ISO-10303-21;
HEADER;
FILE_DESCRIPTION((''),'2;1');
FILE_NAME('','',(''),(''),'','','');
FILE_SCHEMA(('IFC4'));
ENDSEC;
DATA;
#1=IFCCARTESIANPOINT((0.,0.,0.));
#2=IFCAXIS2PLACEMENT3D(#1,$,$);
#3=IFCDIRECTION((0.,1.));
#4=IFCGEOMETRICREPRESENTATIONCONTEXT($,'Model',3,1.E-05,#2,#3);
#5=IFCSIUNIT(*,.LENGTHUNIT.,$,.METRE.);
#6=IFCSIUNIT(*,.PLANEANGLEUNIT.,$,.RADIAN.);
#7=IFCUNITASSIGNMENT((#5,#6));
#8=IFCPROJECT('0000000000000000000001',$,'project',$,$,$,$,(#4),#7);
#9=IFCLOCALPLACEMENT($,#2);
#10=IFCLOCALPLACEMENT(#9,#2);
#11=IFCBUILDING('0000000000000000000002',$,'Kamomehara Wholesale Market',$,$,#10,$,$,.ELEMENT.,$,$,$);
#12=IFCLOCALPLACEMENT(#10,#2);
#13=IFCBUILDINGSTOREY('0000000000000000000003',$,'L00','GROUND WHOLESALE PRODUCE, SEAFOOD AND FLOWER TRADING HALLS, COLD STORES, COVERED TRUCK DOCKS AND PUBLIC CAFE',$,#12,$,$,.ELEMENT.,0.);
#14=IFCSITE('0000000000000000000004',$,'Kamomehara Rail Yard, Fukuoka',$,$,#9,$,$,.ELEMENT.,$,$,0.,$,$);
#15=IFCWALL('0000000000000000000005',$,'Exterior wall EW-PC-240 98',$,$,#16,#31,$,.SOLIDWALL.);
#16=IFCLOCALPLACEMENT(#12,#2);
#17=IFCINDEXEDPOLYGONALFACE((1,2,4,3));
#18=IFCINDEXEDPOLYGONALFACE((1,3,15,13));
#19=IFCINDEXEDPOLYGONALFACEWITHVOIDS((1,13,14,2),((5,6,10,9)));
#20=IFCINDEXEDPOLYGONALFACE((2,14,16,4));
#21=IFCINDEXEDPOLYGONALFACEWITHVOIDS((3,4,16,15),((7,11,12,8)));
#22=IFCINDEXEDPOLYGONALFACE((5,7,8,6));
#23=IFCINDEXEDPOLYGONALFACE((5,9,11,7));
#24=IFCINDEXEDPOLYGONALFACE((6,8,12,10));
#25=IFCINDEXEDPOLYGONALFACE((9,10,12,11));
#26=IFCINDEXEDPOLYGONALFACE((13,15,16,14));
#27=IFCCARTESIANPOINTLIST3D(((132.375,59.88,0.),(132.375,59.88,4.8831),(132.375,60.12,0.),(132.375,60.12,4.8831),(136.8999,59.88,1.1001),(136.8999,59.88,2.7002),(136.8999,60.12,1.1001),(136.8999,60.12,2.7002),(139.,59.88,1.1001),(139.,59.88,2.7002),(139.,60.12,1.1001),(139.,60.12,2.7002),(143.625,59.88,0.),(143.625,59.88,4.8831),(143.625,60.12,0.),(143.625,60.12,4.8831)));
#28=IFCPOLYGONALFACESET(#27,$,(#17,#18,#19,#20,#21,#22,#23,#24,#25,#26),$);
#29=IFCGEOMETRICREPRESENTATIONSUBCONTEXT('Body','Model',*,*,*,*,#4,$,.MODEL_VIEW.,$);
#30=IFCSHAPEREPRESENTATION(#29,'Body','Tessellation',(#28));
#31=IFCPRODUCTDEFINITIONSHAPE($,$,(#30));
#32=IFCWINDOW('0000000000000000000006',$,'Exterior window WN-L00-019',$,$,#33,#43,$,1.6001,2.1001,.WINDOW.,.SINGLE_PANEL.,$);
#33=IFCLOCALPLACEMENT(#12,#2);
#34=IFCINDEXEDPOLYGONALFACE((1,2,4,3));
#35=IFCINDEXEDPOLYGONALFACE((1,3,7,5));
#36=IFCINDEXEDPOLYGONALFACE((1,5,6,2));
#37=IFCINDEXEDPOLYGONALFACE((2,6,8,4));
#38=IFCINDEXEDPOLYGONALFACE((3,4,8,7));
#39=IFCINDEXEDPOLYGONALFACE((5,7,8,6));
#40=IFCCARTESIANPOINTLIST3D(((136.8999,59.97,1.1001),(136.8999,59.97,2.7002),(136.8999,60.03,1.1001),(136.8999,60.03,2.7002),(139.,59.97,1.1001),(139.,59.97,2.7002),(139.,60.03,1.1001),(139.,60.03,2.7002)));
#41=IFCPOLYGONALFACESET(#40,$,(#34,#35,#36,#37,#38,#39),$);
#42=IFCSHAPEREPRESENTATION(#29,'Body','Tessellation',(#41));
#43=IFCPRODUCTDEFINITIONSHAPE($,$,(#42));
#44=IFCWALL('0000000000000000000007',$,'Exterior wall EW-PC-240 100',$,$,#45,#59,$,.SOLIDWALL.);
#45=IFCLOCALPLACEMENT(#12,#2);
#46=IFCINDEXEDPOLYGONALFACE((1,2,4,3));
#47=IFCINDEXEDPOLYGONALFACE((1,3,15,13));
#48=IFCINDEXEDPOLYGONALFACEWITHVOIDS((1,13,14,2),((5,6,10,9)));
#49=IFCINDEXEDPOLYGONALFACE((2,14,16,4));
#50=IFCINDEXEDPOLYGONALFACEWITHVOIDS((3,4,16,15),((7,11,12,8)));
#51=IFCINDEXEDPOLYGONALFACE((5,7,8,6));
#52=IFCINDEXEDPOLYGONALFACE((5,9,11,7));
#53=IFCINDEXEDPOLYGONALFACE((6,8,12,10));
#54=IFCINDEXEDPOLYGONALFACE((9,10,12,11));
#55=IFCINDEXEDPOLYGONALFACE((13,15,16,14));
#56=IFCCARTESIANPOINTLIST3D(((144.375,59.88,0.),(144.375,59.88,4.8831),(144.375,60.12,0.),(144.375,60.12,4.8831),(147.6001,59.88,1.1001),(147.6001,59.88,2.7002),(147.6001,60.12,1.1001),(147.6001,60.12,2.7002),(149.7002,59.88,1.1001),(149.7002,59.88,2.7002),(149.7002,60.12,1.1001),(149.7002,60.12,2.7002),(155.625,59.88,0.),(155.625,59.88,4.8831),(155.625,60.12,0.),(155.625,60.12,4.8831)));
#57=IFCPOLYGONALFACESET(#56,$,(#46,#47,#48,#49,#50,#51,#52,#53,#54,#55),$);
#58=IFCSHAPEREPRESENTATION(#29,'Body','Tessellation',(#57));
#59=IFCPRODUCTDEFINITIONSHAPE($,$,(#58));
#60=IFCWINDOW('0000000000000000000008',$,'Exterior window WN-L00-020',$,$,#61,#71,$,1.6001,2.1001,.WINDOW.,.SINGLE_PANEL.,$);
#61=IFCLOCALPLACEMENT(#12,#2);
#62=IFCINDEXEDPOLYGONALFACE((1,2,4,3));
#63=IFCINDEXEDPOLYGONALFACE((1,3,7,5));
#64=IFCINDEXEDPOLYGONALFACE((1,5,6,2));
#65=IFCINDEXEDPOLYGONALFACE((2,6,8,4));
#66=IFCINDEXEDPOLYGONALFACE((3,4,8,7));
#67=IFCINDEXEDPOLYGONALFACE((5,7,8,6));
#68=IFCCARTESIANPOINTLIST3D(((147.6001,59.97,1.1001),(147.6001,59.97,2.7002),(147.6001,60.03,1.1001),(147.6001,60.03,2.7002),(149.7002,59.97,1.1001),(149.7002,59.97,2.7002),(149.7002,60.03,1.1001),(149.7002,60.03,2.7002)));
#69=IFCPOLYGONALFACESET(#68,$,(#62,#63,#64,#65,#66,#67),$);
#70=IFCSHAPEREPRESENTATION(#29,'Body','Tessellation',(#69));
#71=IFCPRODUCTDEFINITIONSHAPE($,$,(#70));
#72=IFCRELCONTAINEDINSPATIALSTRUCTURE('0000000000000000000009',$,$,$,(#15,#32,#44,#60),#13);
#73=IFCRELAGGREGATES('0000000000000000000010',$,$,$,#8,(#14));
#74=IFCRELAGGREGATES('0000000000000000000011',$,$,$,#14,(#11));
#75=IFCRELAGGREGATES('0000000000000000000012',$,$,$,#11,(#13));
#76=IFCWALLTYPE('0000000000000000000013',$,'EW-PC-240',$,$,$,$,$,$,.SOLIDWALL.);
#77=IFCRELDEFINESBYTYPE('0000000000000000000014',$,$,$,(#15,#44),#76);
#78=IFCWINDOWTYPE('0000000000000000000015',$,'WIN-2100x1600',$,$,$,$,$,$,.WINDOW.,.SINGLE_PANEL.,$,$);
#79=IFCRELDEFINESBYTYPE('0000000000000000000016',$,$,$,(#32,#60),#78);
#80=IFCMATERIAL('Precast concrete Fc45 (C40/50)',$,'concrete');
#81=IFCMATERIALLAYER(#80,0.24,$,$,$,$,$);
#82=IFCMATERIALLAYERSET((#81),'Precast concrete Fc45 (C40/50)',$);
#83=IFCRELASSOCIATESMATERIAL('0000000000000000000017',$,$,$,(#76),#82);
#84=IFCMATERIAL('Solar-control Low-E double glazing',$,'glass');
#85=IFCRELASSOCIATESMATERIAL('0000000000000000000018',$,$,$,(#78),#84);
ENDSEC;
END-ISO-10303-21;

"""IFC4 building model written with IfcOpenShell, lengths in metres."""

from ifc_helpers import new_model, si_unit, direction, frame, frame_2d, origin, place, context, subcontext, project, spatial, rectangle, extrude, material, layer, layer_set, type_object, element, fill, save


model = new_model("IFC4")

# Units and contexts
model_context = context("Model", 3, precision=1e-05, world=origin(), true_north=direction((0.0, 1.0)))
body_context = subcontext(model_context, "Body", "Model", "MODEL_VIEW")
ifc_project = project(units=[si_unit("LENGTHUNIT", "METRE"), si_unit("PLANEANGLEUNIT", "RADIAN")], contexts=[model_context])

# Site, building, storey
site_placement = place(None, origin())
site = spatial("IfcSite", under=ifc_project, at=site_placement, Name="Kamomehara Rail Yard, Fukuoka", CompositionType="ELEMENT", RefElevation=0.0)
building_placement = place(site_placement, origin())
building = spatial("IfcBuilding", under=site, at=building_placement, Name="Kamomehara Wholesale Market", CompositionType="ELEMENT")
storey_placement = place(building_placement, origin())
storey = spatial("IfcBuildingStorey", under=building, at=storey_placement, Name="L00", Description="GROUND WHOLESALE PRODUCE, SEAFOOD AND FLOWER TRADING HALLS, COLD STORES, COVERED TRUCK DOCKS AND PUBLIC CAFE", CompositionType="ELEMENT", Elevation=0.0)

# Walls, openings, windows
ifc_material_1 = material(Name="Precast concrete Fc45 (C40/50)", Category="concrete")
ifc_layer_1 = layer(ifc_material_1, 0.24)
ifc_layer_set_1 = layer_set([ifc_layer_1], Name="Precast concrete Fc45 (C40/50)")
wall_type = type_object("IfcWallType", Name="EW-PC-240", PredefinedType="SOLIDWALL", material=ifc_layer_set_1)
wall_1_placement = place(storey_placement, frame((132.375, 60.0, 0.0), z_axis=(0.0, 0.0, 1.0), x_axis=(1.0, 0.0, 0.0)))
wall_1 = element("IfcWall", 1, at=wall_1_placement, inside=storey, type_object=wall_type, Name="Exterior wall EW-PC-240 98", PredefinedType="SOLIDWALL", context=body_context, shape_type="SweptSolid", body=[
    extrude(rectangle(XDim=11.25, YDim=0.24, at=frame_2d((5.625, 0.0))), origin(), (0.0, 0.0, 1.0), 4.8831),
])
opening_1_placement = place(wall_1_placement, frame((4.5249, 0.0, 1.1001)))
opening_1 = element("IfcOpeningElement", 2, at=opening_1_placement, cuts=wall_1, PredefinedType="OPENING", context=body_context, shape_type="SweptSolid", body=[
    extrude(rectangle(XDim=2.1001, YDim=1.6001, at=frame_2d((1.05, 0.8))), frame((0.0, 0.1348, 0.0), z_axis=(0.0, -1.0, 0.0), x_axis=(1.0, 0.0, 0.0)), (0.0, 0.0, 1.0), 0.2698),
])
ifc_material_2 = material(Name="Solar-control Low-E double glazing", Category="glass")
window_type = type_object("IfcWindowType", Name="WIN-2100x1600", PartitioningType="SINGLE_PANEL", PredefinedType="WINDOW", material=ifc_material_2)
window_1_placement = place(opening_1_placement, origin())
window_1 = element("IfcWindow", 3, at=window_1_placement, inside=storey, type_object=window_type, Name="Exterior window WN-L00-019", OverallHeight=1.6001, OverallWidth=2.1001, PartitioningType="SINGLE_PANEL", PredefinedType="WINDOW", context=body_context, shape_type="SweptSolid", body=[
    extrude(rectangle(XDim=2.1001, YDim=1.6001, at=frame_2d((1.05, 0.8))), frame((0.0, 0.03, 0.0), z_axis=(0.0, -1.0, 0.0), x_axis=(1.0, 0.0, 0.0)), (0.0, 0.0, 1.0), 0.0601),
])
fill(opening_1, window_1)
wall_2_placement = place(storey_placement, frame((144.375, 60.0, 0.0), z_axis=(0.0, 0.0, 1.0), x_axis=(1.0, 0.0, 0.0)))
wall_2 = element("IfcWall", 4, at=wall_2_placement, inside=storey, type_object=wall_type, Name="Exterior wall EW-PC-240 100", PredefinedType="SOLIDWALL", context=body_context, shape_type="SweptSolid", body=[
    extrude(rectangle(XDim=11.25, YDim=0.24, at=frame_2d((5.625, 0.0))), origin(), (0.0, 0.0, 1.0), 4.8831),
])
opening_2_placement = place(wall_2_placement, frame((3.2251, 0.0, 1.1001)))
opening_2 = element("IfcOpeningElement", 5, at=opening_2_placement, cuts=wall_2, PredefinedType="OPENING", context=body_context, shape_type="SweptSolid", body=[
    extrude(rectangle(XDim=2.1001, YDim=1.6001, at=frame_2d((1.05, 0.8))), frame((0.0, 0.1348, 0.0), z_axis=(0.0, -1.0, 0.0), x_axis=(1.0, 0.0, 0.0)), (0.0, 0.0, 1.0), 0.2698),
])
window_2_placement = place(opening_2_placement, origin())
window_2 = element("IfcWindow", 6, at=window_2_placement, inside=storey, type_object=window_type, Name="Exterior window WN-L00-020", OverallHeight=1.6001, OverallWidth=2.1001, PartitioningType="SINGLE_PANEL", PredefinedType="WINDOW", context=body_context, shape_type="SweptSolid", body=[
    extrude(rectangle(XDim=2.1001, YDim=1.6001, at=frame_2d((1.05, 0.8))), frame((0.0, 0.03, 0.0), z_axis=(0.0, -1.0, 0.0), x_axis=(1.0, 0.0, 0.0)), (0.0, 0.0, 1.0), 0.0601),
])
fill(opening_2, window_2)

save(model, "model.ifc")
